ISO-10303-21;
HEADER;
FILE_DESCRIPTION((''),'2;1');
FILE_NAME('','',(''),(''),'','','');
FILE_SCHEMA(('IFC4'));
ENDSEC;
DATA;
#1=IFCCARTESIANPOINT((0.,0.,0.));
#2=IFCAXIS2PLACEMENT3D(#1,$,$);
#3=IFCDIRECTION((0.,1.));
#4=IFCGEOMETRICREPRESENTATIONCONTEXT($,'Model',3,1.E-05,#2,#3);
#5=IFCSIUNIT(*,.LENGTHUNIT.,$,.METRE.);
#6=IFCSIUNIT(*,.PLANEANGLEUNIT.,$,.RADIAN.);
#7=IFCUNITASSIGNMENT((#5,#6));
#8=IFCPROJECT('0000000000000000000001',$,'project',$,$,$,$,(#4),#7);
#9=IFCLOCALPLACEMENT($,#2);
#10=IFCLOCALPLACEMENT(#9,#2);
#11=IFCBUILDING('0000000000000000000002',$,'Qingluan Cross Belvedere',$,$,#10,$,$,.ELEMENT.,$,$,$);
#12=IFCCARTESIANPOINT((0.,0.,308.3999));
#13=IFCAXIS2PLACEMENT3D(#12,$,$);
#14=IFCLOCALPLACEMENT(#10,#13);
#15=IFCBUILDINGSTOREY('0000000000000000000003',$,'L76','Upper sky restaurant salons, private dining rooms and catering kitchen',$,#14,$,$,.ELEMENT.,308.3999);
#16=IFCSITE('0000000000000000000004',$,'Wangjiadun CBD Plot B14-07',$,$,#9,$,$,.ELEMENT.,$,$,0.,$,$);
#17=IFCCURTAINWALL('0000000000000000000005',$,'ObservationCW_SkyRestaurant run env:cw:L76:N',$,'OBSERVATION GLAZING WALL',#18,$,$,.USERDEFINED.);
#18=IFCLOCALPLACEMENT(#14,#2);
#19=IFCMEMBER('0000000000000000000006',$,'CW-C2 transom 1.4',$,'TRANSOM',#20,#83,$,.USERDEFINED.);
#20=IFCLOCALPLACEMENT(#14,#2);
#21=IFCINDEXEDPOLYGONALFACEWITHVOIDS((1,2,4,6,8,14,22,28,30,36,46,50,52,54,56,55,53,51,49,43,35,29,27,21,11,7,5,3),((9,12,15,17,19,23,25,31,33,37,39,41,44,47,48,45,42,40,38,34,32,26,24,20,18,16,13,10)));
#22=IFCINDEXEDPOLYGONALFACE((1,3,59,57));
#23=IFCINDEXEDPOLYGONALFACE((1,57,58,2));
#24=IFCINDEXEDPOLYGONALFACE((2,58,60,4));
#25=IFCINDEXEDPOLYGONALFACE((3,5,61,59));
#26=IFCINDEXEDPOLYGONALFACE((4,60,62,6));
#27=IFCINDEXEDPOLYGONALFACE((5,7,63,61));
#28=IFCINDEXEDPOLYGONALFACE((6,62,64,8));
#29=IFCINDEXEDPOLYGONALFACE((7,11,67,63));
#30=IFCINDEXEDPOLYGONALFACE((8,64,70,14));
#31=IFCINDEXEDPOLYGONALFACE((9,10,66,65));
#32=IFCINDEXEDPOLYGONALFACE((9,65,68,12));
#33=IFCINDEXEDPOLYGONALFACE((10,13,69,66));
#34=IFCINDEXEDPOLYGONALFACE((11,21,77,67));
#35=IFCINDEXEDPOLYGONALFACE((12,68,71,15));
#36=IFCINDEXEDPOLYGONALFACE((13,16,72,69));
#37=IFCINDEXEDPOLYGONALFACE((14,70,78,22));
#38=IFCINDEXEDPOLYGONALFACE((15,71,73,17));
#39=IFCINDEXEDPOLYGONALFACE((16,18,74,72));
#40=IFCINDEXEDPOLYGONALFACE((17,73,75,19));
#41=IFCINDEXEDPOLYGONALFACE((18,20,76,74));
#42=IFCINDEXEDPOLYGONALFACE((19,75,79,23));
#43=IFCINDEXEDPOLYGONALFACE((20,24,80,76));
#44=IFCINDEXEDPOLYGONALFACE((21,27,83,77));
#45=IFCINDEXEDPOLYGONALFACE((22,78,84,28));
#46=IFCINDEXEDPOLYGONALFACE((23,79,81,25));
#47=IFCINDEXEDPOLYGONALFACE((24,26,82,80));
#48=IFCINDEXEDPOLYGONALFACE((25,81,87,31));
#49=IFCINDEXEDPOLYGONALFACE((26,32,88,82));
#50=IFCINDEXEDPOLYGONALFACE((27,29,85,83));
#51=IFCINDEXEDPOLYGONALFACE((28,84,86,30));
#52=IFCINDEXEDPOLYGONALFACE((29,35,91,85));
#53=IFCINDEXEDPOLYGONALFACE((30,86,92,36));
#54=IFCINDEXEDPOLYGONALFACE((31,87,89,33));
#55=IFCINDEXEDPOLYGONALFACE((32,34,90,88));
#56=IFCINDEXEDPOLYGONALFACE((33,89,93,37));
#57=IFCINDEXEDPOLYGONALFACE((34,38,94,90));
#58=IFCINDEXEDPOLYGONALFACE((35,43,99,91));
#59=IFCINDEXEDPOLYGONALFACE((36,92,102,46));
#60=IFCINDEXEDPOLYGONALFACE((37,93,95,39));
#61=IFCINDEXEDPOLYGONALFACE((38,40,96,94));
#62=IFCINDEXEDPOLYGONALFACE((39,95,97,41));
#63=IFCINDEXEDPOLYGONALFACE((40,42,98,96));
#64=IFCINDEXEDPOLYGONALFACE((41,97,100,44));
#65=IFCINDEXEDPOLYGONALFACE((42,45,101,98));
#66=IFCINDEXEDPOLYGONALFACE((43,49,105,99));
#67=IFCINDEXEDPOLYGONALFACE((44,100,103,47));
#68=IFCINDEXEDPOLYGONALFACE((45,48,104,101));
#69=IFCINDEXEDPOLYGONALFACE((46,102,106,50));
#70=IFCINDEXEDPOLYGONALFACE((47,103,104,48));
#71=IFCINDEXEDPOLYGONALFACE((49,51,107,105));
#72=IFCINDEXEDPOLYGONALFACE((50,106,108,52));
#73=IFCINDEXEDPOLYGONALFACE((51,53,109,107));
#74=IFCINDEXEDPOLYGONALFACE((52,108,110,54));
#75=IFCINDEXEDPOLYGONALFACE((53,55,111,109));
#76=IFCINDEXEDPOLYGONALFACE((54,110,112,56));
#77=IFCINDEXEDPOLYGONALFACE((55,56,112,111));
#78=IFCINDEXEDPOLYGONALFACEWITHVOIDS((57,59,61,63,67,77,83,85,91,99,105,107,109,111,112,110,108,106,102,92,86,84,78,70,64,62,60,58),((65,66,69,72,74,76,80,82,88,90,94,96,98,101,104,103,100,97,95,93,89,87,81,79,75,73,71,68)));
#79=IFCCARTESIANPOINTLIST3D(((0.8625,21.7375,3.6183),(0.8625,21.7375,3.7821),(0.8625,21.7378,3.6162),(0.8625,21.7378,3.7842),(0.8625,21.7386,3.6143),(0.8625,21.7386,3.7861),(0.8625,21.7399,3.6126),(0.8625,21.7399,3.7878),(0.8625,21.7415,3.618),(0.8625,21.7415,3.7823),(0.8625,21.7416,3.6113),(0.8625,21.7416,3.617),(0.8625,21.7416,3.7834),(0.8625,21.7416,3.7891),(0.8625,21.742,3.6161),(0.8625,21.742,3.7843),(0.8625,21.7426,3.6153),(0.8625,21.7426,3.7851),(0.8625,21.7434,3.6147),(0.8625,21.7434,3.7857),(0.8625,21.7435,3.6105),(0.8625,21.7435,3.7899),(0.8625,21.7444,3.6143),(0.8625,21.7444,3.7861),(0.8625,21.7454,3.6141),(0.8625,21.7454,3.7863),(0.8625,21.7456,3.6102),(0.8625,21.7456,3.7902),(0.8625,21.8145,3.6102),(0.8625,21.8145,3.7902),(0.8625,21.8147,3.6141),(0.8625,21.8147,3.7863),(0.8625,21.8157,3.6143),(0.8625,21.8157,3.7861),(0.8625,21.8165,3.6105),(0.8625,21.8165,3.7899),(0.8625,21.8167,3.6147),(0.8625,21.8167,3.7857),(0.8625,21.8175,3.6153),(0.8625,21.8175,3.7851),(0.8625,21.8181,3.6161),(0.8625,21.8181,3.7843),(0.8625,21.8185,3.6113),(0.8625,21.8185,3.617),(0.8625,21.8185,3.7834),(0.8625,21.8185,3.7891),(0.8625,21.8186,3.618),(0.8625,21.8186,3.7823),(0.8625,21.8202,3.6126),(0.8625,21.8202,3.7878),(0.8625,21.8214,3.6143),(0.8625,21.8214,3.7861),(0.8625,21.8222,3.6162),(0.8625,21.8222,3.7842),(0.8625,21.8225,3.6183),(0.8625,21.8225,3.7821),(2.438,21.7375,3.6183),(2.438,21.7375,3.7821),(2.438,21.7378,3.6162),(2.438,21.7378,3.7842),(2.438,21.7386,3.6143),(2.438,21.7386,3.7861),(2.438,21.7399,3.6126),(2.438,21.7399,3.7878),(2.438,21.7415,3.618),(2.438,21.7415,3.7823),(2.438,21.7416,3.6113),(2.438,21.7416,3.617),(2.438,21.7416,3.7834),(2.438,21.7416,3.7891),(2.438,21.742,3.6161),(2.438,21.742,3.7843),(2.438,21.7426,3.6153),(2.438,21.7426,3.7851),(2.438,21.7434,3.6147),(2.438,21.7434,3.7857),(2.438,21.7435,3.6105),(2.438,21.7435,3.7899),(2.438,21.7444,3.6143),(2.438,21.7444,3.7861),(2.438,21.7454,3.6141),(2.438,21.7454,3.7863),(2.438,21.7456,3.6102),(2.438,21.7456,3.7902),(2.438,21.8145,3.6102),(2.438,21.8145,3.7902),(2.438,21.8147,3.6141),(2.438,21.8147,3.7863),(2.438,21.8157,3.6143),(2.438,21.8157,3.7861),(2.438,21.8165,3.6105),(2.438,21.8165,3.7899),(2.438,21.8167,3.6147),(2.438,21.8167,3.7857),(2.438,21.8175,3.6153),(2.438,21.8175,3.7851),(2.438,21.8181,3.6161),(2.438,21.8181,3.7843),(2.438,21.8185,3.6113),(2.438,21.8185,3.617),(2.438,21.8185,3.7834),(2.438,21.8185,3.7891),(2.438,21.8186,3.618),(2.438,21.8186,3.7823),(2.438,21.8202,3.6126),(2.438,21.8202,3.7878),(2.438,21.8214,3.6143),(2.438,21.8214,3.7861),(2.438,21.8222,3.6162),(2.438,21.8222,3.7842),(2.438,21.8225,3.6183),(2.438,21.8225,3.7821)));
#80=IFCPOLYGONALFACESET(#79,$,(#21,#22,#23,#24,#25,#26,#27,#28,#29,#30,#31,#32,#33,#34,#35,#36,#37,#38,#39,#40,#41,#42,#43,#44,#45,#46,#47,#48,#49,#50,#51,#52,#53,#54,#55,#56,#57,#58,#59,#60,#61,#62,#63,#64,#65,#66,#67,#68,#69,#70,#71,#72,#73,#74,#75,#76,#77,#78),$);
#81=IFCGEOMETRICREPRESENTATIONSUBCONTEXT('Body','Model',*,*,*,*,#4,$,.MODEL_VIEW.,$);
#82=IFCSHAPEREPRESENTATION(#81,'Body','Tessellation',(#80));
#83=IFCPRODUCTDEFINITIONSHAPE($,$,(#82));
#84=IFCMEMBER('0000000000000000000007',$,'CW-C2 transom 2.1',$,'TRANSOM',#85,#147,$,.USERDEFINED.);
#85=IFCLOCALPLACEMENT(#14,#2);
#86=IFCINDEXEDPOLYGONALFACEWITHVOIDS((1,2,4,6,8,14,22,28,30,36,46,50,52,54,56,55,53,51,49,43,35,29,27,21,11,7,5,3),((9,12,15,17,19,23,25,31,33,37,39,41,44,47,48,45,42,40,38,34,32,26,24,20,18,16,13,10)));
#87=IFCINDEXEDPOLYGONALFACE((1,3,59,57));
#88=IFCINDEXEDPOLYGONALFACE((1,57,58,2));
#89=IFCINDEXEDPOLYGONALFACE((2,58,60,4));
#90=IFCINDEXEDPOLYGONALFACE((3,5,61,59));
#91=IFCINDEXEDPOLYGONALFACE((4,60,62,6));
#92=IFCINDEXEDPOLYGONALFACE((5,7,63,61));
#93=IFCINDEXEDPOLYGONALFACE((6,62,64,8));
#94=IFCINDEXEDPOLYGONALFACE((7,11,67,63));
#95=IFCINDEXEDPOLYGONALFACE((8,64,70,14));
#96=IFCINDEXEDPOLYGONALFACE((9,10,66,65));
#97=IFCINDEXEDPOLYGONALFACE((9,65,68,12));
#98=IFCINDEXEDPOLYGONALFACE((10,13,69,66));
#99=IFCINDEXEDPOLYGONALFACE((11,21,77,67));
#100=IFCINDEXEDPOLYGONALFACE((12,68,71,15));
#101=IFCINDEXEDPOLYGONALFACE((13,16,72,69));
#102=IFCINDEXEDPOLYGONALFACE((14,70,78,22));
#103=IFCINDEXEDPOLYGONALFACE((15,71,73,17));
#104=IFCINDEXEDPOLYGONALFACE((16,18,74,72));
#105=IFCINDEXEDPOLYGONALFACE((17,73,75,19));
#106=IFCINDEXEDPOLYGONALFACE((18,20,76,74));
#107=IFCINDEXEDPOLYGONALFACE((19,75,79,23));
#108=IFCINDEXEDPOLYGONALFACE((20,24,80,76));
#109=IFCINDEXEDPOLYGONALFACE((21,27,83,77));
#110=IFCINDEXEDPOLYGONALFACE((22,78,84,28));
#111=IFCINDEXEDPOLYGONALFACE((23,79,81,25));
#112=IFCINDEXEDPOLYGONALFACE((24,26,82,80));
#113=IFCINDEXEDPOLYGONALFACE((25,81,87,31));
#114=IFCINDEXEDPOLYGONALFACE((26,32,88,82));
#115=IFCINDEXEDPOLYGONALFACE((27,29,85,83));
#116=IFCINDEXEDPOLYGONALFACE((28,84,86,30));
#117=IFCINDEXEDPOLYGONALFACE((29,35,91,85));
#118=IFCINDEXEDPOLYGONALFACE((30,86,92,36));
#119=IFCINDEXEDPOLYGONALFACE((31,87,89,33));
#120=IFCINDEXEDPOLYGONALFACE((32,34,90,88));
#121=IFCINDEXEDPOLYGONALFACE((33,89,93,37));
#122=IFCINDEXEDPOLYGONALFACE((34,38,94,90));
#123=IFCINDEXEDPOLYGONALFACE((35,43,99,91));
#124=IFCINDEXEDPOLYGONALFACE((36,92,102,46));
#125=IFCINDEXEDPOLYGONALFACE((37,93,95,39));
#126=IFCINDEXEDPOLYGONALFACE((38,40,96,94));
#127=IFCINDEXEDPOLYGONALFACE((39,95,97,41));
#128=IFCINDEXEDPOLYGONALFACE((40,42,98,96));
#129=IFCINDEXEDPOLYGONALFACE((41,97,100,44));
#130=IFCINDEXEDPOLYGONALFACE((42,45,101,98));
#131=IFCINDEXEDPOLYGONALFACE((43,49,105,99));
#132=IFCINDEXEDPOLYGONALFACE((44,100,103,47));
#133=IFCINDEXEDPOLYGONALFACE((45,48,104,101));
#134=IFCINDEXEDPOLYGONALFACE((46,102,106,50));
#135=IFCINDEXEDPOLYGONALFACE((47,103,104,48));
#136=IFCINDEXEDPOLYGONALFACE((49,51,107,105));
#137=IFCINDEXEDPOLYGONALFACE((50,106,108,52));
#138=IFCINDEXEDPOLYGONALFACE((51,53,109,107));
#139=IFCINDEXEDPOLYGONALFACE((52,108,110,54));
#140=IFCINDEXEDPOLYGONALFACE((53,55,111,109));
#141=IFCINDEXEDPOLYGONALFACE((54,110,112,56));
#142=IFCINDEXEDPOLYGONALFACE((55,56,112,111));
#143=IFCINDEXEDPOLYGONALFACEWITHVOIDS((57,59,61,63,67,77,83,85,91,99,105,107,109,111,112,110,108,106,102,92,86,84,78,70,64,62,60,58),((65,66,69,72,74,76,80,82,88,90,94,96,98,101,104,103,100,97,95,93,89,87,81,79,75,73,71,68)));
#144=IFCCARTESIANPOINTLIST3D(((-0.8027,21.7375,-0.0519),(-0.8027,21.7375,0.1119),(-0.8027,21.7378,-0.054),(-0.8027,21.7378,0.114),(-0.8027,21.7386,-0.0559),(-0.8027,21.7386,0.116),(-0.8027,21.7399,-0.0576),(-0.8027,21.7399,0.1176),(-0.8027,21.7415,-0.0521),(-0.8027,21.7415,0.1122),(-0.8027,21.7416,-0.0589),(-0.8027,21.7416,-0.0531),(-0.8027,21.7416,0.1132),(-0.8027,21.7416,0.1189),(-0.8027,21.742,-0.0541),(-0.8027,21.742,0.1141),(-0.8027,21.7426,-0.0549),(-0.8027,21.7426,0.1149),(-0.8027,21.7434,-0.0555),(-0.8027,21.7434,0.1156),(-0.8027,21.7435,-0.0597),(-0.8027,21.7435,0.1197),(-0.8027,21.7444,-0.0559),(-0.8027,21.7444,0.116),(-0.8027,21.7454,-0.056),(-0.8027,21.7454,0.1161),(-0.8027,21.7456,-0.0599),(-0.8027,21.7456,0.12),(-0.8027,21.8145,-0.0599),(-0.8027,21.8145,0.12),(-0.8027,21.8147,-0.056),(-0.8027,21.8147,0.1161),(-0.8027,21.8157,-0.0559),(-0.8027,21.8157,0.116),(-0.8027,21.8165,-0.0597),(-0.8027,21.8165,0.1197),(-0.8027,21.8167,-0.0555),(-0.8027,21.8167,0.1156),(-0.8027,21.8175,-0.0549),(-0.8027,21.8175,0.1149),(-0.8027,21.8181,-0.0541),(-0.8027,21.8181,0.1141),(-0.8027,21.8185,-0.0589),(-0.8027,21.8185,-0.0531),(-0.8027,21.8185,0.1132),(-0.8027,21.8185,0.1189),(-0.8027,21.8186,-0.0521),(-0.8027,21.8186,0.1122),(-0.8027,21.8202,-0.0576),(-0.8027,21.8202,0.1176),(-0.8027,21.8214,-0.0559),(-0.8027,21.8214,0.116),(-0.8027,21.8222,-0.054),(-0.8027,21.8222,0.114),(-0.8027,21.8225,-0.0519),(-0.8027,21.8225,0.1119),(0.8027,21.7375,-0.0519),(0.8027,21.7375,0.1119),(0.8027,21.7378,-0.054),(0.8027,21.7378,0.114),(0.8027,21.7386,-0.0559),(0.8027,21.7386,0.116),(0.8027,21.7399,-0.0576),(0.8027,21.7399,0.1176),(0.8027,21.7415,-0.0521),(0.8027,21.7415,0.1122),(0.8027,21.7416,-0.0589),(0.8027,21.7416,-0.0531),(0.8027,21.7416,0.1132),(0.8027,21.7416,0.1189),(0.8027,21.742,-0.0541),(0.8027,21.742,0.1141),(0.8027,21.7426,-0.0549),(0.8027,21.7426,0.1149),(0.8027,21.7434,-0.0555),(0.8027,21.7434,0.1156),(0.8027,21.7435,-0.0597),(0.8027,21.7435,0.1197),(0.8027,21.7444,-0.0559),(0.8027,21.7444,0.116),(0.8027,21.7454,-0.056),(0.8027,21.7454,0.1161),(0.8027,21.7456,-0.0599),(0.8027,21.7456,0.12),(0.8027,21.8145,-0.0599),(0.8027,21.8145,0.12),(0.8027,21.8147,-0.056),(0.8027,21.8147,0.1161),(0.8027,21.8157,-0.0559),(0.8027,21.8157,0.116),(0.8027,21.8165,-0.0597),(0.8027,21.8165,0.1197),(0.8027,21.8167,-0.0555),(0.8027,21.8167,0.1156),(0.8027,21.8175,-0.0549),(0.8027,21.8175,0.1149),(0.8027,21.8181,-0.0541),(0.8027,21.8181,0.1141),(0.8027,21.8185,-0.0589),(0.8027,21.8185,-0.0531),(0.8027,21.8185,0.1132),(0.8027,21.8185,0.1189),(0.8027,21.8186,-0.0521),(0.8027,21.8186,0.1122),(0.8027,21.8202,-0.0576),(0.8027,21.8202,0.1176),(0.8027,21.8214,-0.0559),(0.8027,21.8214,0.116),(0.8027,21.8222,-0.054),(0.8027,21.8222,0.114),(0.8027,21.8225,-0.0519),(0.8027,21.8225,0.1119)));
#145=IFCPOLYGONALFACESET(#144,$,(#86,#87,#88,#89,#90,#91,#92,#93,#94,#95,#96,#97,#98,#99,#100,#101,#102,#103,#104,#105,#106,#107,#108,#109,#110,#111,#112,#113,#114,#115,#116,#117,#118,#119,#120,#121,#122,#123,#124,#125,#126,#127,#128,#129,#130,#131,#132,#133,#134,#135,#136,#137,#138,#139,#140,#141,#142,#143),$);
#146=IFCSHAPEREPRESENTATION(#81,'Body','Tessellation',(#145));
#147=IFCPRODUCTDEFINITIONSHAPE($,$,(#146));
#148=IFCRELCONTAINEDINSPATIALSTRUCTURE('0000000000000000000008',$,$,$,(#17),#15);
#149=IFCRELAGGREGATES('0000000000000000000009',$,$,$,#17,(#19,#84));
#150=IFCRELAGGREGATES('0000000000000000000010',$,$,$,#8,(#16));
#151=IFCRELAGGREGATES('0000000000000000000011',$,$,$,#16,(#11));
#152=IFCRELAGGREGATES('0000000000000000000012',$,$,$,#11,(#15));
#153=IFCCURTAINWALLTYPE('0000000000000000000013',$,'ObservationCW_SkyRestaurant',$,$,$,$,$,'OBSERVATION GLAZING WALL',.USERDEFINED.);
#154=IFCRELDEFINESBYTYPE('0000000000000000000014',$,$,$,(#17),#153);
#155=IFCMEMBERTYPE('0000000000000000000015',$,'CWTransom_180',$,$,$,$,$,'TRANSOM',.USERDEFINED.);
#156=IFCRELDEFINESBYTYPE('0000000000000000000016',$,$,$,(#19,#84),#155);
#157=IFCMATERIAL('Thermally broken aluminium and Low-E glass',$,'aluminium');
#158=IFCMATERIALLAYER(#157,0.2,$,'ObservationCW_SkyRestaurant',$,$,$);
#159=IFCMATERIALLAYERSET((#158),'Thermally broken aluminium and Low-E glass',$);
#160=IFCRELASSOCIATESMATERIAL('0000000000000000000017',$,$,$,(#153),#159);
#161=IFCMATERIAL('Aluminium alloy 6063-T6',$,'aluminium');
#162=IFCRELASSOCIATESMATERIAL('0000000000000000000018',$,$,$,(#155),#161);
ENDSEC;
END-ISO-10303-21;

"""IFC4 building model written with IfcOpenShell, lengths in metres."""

from ifc_helpers import new_model, si_unit, direction, frame, origin, origin_2d, place, context, subcontext, project, spatial, hollow_rectangle, extrude, material, layer, layer_set, material_profile, profile_set, type_object, element, aggregate, save


model = new_model("IFC4")

# Units and contexts
model_context = context("Model", 3, precision=1e-05, world=origin(), true_north=direction((0.0, 1.0)))
body_context = subcontext(model_context, "Body", "Model", "MODEL_VIEW")
ifc_project = project(units=[si_unit("LENGTHUNIT", "METRE"), si_unit("PLANEANGLEUNIT", "RADIAN")], contexts=[model_context])

# Site, building, storey
site_placement = place(None, origin())
site = spatial("IfcSite", under=ifc_project, at=site_placement, Name="Wangjiadun CBD Plot B14-07", CompositionType="ELEMENT", RefElevation=0.0)
building_placement = place(site_placement, origin())
building = spatial("IfcBuilding", under=site, at=building_placement, Name="Qingluan Cross Belvedere", CompositionType="ELEMENT")
storey_placement = place(building_placement, frame((0.0, 0.0, 308.3999)))
storey = spatial("IfcBuildingStorey", under=building, at=storey_placement, Name="L76", Description="Upper sky restaurant salons, private dining rooms and catering kitchen", CompositionType="ELEMENT", Elevation=308.3999)

# Curtain wall, members
ifc_material_1 = material(Name="Thermally broken aluminium and Low-E glass", Category="aluminium")
ifc_layer_1 = layer(ifc_material_1, 0.2, Name="ObservationCW_SkyRestaurant")
ifc_layer_set_1 = layer_set([ifc_layer_1], Name="Thermally broken aluminium and Low-E glass")
curtain_wall_type = type_object("IfcCurtainWallType", Name="ObservationCW_SkyRestaurant", ElementType="OBSERVATION GLAZING WALL", PredefinedType="USERDEFINED", material=ifc_layer_set_1)
curtain_wall_placement = place(storey_placement, origin())
curtain_wall = element("IfcCurtainWall", 1, at=curtain_wall_placement, inside=storey, type_object=curtain_wall_type, Name="ObservationCW_SkyRestaurant run env:cw:L76:N", ObjectType="OBSERVATION GLAZING WALL", PredefinedType="USERDEFINED")
ifc_material_2 = material(Name="Aluminium alloy 6063-T6", Category="aluminium")
ifc_material_profile_1 = material_profile(ifc_material_2, hollow_rectangle(XDim=0.085, YDim=0.1799, WallThickness=0.0039, InnerFilletRadius=0.0039, OuterFilletRadius=0.0081, at=origin_2d()), Name="CWT180x85x4")
ifc_profile_set_1 = profile_set([ifc_material_profile_1], Name="Aluminium alloy 6063-T6")
member_type_1 = type_object("IfcMemberType", Name="CWTransom_180", ElementType="TRANSOM", PredefinedType="USERDEFINED", material=ifc_profile_set_1)
member_1_placement = place(storey_placement, frame((2.438, 21.78, 3.7002), z_axis=(-1.0, 0.0, 0.0), x_axis=(0.0, -1.0, 0.0)))
member_1 = element("IfcMember", 2, at=member_1_placement, type_object=member_type_1, Name="CW-C2 transom 1.4", ObjectType="TRANSOM", PredefinedType="USERDEFINED", context=body_context, shape_type="SweptSolid", body=[
    extrude(hollow_rectangle(XDim=0.085, YDim=0.1799, WallThickness=0.0039, InnerFilletRadius=0.0039, OuterFilletRadius=0.0081, at=origin_2d()), origin(), (0.0, 0.0, 1.0), 1.5754),
])
member_2_placement = place(storey_placement, frame((0.8027, 21.78, 0.03), z_axis=(-1.0, 0.0, 0.0), x_axis=(0.0, -1.0, 0.0)))
member_2 = element("IfcMember", 3, at=member_2_placement, type_object=member_type_1, Name="CW-C2 transom 2.1", ObjectType="TRANSOM", PredefinedType="USERDEFINED", context=body_context, shape_type="SweptSolid", body=[
    extrude(hollow_rectangle(XDim=0.085, YDim=0.1799, WallThickness=0.0039, InnerFilletRadius=0.0039, OuterFilletRadius=0.0081, at=origin_2d()), origin(), (0.0, 0.0, 1.0), 1.6055),
])

aggregate(curtain_wall, [member_1, member_2])

save(model, "model.ifc")
